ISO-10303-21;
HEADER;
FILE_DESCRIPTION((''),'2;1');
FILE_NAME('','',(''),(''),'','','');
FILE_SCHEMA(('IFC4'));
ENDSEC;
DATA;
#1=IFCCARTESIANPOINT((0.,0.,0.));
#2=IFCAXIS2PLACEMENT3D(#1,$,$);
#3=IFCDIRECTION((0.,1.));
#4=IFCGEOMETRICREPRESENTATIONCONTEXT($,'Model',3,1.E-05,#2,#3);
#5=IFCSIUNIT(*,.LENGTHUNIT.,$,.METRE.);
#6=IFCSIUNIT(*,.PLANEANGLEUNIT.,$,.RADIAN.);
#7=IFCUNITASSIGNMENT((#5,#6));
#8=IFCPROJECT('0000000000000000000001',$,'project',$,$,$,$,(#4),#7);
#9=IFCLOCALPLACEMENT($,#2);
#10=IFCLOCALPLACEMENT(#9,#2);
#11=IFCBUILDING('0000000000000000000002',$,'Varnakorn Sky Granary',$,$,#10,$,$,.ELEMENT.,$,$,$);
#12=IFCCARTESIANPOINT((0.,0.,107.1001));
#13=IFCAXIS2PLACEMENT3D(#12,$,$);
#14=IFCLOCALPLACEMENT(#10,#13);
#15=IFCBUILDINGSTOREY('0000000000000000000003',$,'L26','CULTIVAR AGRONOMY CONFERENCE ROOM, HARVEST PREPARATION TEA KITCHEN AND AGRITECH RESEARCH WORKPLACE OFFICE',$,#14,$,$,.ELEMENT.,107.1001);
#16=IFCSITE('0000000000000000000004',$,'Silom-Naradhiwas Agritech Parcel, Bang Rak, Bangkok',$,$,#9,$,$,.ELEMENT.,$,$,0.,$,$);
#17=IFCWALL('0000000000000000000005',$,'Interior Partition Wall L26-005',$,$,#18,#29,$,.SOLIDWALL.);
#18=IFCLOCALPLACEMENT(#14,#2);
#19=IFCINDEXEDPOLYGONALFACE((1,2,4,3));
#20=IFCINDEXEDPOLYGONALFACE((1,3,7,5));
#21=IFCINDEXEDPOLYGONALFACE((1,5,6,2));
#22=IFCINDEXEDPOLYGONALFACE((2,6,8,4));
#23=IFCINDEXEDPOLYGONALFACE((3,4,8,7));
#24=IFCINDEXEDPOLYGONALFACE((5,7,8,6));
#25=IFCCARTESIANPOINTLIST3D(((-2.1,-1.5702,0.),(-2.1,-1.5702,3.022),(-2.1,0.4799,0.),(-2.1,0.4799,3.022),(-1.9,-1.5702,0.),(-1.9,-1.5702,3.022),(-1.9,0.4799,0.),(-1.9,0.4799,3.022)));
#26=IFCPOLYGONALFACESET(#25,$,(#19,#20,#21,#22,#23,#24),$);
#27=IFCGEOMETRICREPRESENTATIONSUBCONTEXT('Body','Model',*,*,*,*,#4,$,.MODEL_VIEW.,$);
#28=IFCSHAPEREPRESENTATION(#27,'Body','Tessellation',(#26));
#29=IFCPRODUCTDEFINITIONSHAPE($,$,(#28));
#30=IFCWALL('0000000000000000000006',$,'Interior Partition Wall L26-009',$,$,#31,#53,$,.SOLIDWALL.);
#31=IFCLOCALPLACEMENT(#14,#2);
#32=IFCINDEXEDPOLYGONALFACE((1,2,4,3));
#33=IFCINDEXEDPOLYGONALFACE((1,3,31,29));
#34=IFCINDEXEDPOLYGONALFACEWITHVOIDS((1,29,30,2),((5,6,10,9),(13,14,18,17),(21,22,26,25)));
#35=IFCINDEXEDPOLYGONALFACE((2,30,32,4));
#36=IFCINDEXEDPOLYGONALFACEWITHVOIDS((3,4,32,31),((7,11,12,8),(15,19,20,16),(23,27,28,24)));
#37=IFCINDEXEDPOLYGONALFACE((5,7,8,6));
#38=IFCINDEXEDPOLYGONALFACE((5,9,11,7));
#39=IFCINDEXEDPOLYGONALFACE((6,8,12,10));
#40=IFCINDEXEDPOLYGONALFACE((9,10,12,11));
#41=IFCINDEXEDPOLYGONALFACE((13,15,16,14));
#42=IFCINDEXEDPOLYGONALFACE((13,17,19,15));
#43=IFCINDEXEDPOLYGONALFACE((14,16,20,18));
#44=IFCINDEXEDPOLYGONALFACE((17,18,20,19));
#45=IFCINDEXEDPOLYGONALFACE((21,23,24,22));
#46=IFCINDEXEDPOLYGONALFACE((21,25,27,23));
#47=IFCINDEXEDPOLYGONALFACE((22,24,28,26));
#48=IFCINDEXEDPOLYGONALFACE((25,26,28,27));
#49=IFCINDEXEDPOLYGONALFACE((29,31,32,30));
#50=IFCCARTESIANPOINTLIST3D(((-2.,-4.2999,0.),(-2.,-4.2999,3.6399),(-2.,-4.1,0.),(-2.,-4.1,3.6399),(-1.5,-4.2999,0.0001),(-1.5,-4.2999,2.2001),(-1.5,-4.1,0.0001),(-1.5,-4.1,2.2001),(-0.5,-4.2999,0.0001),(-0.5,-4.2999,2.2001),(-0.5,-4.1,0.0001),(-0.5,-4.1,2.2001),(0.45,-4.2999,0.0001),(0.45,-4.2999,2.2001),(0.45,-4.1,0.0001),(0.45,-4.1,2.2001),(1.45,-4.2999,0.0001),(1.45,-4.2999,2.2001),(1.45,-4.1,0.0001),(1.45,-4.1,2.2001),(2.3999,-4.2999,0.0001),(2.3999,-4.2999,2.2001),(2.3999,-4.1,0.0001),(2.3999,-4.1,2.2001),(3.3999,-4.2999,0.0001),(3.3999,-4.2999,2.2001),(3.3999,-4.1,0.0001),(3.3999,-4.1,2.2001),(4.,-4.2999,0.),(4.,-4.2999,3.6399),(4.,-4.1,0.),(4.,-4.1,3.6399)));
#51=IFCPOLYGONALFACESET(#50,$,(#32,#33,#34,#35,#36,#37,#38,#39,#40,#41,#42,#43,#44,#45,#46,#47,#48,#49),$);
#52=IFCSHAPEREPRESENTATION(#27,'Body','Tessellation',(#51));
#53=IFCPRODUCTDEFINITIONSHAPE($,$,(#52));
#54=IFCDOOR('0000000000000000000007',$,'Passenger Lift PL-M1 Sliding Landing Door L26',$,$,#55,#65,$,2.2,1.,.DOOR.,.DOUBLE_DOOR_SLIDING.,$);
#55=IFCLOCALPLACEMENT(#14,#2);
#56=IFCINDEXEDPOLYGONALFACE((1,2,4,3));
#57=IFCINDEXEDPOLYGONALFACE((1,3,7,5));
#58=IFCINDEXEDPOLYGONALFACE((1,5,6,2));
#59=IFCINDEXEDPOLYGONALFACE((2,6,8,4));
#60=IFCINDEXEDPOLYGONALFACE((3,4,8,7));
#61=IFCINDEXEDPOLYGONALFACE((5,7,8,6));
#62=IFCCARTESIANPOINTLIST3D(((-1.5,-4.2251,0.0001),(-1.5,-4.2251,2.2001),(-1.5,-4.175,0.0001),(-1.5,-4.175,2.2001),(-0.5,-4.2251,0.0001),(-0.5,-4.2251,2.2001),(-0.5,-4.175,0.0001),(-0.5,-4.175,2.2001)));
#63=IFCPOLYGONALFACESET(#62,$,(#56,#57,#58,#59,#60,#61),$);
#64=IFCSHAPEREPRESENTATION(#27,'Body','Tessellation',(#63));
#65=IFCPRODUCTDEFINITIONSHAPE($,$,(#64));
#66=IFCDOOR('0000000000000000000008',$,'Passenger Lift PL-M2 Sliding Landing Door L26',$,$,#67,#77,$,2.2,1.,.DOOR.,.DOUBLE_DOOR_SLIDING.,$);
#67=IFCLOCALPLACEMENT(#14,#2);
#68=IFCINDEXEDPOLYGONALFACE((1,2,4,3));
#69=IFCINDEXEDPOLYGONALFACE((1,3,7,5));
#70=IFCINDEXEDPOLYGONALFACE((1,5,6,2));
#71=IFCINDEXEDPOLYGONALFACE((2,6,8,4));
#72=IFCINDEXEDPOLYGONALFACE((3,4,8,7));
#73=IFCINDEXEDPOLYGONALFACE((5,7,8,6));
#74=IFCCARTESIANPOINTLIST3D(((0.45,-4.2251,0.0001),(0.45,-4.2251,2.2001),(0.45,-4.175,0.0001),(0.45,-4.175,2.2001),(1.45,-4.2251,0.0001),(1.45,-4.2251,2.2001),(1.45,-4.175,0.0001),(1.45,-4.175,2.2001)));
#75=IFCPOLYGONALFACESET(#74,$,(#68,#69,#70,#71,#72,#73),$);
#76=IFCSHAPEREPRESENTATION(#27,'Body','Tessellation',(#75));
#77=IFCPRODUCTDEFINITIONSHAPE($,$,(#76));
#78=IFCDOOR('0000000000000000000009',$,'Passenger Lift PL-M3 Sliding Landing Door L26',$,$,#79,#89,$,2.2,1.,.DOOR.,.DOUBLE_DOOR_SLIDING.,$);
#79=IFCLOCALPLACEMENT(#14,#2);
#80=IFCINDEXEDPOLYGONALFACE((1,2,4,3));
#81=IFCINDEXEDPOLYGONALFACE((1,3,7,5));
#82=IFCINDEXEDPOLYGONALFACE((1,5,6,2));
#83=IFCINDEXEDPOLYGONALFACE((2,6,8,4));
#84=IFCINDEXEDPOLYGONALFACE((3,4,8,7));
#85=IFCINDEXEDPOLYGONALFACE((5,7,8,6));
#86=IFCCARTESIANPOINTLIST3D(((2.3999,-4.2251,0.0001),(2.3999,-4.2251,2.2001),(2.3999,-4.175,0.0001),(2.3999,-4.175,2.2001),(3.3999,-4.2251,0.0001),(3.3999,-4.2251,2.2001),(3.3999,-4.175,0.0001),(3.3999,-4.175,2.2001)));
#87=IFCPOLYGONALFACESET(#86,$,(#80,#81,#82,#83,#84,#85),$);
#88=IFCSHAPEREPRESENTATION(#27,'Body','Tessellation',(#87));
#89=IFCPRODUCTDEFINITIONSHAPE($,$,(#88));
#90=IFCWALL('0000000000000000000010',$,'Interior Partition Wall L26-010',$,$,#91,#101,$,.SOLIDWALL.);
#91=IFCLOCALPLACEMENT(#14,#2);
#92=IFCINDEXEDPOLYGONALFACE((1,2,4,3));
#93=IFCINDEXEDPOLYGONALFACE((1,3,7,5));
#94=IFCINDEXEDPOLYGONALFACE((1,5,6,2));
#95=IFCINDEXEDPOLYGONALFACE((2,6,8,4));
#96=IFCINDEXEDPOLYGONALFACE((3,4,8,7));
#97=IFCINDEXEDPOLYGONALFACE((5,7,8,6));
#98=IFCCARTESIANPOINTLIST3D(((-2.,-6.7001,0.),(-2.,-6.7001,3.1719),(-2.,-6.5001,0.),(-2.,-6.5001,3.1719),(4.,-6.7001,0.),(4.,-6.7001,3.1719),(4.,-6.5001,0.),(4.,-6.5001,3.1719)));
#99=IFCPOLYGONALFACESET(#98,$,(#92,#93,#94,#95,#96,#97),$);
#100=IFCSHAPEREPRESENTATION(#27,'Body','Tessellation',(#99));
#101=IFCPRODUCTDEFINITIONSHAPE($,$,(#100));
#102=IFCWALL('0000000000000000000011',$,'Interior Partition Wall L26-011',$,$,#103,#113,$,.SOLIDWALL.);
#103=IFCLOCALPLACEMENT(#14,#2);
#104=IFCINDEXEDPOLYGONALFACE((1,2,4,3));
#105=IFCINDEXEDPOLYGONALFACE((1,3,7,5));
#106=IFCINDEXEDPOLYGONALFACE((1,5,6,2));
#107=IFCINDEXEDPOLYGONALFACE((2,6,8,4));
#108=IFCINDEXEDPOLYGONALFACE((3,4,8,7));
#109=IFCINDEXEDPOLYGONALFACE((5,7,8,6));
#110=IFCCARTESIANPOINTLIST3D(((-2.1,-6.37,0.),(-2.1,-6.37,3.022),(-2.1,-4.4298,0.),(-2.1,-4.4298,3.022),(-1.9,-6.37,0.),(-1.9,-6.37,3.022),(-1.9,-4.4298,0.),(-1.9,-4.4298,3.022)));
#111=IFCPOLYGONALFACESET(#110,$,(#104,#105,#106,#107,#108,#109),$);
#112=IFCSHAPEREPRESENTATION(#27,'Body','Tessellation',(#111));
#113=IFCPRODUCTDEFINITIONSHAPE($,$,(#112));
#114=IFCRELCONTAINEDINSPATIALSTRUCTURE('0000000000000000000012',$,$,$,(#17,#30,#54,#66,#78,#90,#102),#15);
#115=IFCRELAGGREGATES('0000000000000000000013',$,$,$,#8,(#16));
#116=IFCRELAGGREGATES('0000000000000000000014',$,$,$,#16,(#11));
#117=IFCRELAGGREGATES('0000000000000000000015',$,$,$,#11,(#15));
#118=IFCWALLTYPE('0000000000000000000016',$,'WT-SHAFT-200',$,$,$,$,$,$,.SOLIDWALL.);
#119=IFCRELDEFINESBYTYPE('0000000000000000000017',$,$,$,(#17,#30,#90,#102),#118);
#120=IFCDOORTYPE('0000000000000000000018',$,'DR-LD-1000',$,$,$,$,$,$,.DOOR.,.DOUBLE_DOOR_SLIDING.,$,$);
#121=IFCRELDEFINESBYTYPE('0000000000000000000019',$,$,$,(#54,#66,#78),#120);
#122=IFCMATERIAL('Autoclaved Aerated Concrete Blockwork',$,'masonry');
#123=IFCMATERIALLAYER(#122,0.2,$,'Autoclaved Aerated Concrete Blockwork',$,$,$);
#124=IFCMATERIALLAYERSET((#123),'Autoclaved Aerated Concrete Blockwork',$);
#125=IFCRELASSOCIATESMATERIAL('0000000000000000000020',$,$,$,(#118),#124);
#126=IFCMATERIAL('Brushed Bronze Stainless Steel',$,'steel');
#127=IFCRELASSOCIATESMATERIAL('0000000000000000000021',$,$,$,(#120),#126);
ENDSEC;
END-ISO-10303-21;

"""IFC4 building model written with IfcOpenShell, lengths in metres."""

from ifc_helpers import new_model, si_unit, direction, frame, frame_2d, origin, place, context, subcontext, project, spatial, rectangle, extrude, material, layer, layer_set, type_object, element, fill, save


model = new_model("IFC4")

# Units and contexts
model_context = context("Model", 3, precision=1e-05, world=origin(), true_north=direction((0.0, 1.0)))
body_context = subcontext(model_context, "Body", "Model", "MODEL_VIEW")
ifc_project = project(units=[si_unit("LENGTHUNIT", "METRE"), si_unit("PLANEANGLEUNIT", "RADIAN")], contexts=[model_context])

# Site, building, storey
site_placement = place(None, origin())
site = spatial("IfcSite", under=ifc_project, at=site_placement, Name="Silom-Naradhiwas Agritech Parcel, Bang Rak, Bangkok", CompositionType="ELEMENT", RefElevation=0.0)
building_placement = place(site_placement, origin())
building = spatial("IfcBuilding", under=site, at=building_placement, Name="Varnakorn Sky Granary", CompositionType="ELEMENT")
storey_placement = place(building_placement, frame((0.0, 0.0, 107.1001)))
storey = spatial("IfcBuildingStorey", under=building, at=storey_placement, Name="L26", Description="CULTIVAR AGRONOMY CONFERENCE ROOM, HARVEST PREPARATION TEA KITCHEN AND AGRITECH RESEARCH WORKPLACE OFFICE", CompositionType="ELEMENT", Elevation=107.1001)

# Shared definitions
ifc_material_1 = material(Name="Autoclaved Aerated Concrete Blockwork", Category="masonry")

# Wall
ifc_layer_1 = layer(ifc_material_1, 0.2, Name="Autoclaved Aerated Concrete Blockwork")
ifc_layer_set_1 = layer_set([ifc_layer_1], Name="Autoclaved Aerated Concrete Blockwork")
wall_type_1 = type_object("IfcWallType", Name="WT-SHAFT-200", PredefinedType="SOLIDWALL", material=ifc_layer_set_1)
wall_1_placement = place(storey_placement, frame((-2.0, -1.5701, 0.0), z_axis=(0.0, 0.0, 1.0), x_axis=(0.0, 1.0, 0.0)))
element("IfcWall", 1, at=wall_1_placement, inside=storey, type_object=wall_type_1, Name="Interior Partition Wall L26-005", PredefinedType="SOLIDWALL", context=body_context, shape_type="SweptSolid", body=[
    extrude(rectangle(XDim=2.05, YDim=0.2, at=frame_2d((1.0249, 0.0))), origin(), (0.0, 0.0, 1.0), 3.022),
])

# Wall, openings, doors
wall_2_placement = place(storey_placement, frame((-2.0, -4.2, 0.0), z_axis=(0.0, 0.0, 1.0), x_axis=(1.0, 0.0, 0.0)))
wall_2 = element("IfcWall", 2, at=wall_2_placement, inside=storey, type_object=wall_type_1, Name="Interior Partition Wall L26-009", PredefinedType="SOLIDWALL", context=body_context, shape_type="SweptSolid", body=[
    extrude(rectangle(XDim=6.0, YDim=0.2, at=frame_2d((3.0, 0.0))), origin(), (0.0, 0.0, 1.0), 3.6399),
])
opening_1_placement = place(wall_2_placement, frame((0.5, 0.0, 0.0)))
opening_1 = element("IfcOpeningElement", 3, at=opening_1_placement, cuts=wall_2, PredefinedType="OPENING", context=body_context, shape_type="SweptSolid", body=[
    extrude(rectangle(XDim=1.0, YDim=2.2, at=frame_2d((0.5, 1.1001))), frame((0.0, 0.1099, 0.0), z_axis=(0.0, -1.0, 0.0), x_axis=(1.0, 0.0, 0.0)), (0.0, 0.0, 1.0), 0.22),
])
opening_2_placement = place(wall_2_placement, frame((2.45, 0.0, 0.0)))
opening_2 = element("IfcOpeningElement", 4, at=opening_2_placement, cuts=wall_2, PredefinedType="OPENING", context=body_context, shape_type="SweptSolid", body=[
    extrude(rectangle(XDim=1.0, YDim=2.2, at=frame_2d((0.5, 1.1001))), frame((0.0, 0.1099, 0.0), z_axis=(0.0, -1.0, 0.0), x_axis=(1.0, 0.0, 0.0)), (0.0, 0.0, 1.0), 0.22),
])
opening_3_placement = place(wall_2_placement, frame((4.3999, 0.0, 0.0)))
opening_3 = element("IfcOpeningElement", 5, at=opening_3_placement, cuts=wall_2, PredefinedType="OPENING", context=body_context, shape_type="SweptSolid", body=[
    extrude(rectangle(XDim=1.0, YDim=2.2, at=frame_2d((0.5, 1.1001))), frame((0.0, 0.1099, 0.0), z_axis=(0.0, -1.0, 0.0), x_axis=(1.0, 0.0, 0.0)), (0.0, 0.0, 1.0), 0.22),
])
ifc_material_2 = material(Name="Brushed Bronze Stainless Steel", Category="steel")
door_type_1 = type_object("IfcDoorType", Name="DR-LD-1000", OperationType="DOUBLE_DOOR_SLIDING", PredefinedType="DOOR", material=ifc_material_2)
door_1_placement = place(opening_1_placement, origin())
door_1 = element("IfcDoor", 6, at=door_1_placement, inside=storey, type_object=door_type_1, Name="Passenger Lift PL-M1 Sliding Landing Door L26", OperationType="DOUBLE_DOOR_SLIDING", OverallHeight=2.2, OverallWidth=1.0, PredefinedType="DOOR", context=body_context, shape_type="SweptSolid", body=[
    extrude(rectangle(XDim=1.0, YDim=2.2, at=frame_2d((0.5, 1.1001))), frame((0.0, 0.0249, 0.0), z_axis=(0.0, -1.0, 0.0), x_axis=(1.0, 0.0, 0.0)), (0.0, 0.0, 1.0), 0.05),
])
fill(opening_1, door_1)
door_2_placement = place(opening_2_placement, origin())
door_2 = element("IfcDoor", 7, at=door_2_placement, inside=storey, type_object=door_type_1, Name="Passenger Lift PL-M2 Sliding Landing Door L26", OperationType="DOUBLE_DOOR_SLIDING", OverallHeight=2.2, OverallWidth=1.0, PredefinedType="DOOR", context=body_context, shape_type="SweptSolid", body=[
    extrude(rectangle(XDim=1.0, YDim=2.2, at=frame_2d((0.5, 1.1001))), frame((0.0, 0.0249, 0.0), z_axis=(0.0, -1.0, 0.0), x_axis=(1.0, 0.0, 0.0)), (0.0, 0.0, 1.0), 0.05),
])
fill(opening_2, door_2)
door_3_placement = place(opening_3_placement, origin())
door_3 = element("IfcDoor", 8, at=door_3_placement, inside=storey, type_object=door_type_1, Name="Passenger Lift PL-M3 Sliding Landing Door L26", OperationType="DOUBLE_DOOR_SLIDING", OverallHeight=2.2, OverallWidth=1.0, PredefinedType="DOOR", context=body_context, shape_type="SweptSolid", body=[
    extrude(rectangle(XDim=1.0, YDim=2.2, at=frame_2d((0.5, 1.1001))), frame((0.0, 0.0249, 0.0), z_axis=(0.0, -1.0, 0.0), x_axis=(1.0, 0.0, 0.0)), (0.0, 0.0, 1.0), 0.05),
])
fill(opening_3, door_3)

# Walls
wall_3_placement = place(storey_placement, frame((-2.0, -6.6001, 0.0), z_axis=(0.0, 0.0, 1.0), x_axis=(1.0, 0.0, 0.0)))
element("IfcWall", 9, at=wall_3_placement, inside=storey, type_object=wall_type_1, Name="Interior Partition Wall L26-010", PredefinedType="SOLIDWALL", context=body_context, shape_type="SweptSolid", body=[
    extrude(rectangle(XDim=6.0, YDim=0.2, at=frame_2d((3.0, 0.0))), origin(), (0.0, 0.0, 1.0), 3.1719),
])
wall_4_placement = place(storey_placement, frame((-2.0, -6.3701, 0.0), z_axis=(0.0, 0.0, 1.0), x_axis=(0.0, 1.0, 0.0)))
element("IfcWall", 10, at=wall_4_placement, inside=storey, type_object=wall_type_1, Name="Interior Partition Wall L26-011", PredefinedType="SOLIDWALL", context=body_context, shape_type="SweptSolid", body=[
    extrude(rectangle(XDim=1.9402, YDim=0.2, at=frame_2d((0.9702, 0.0))), origin(), (0.0, 0.0, 1.0), 3.022),
])

save(model, "model.ifc")
